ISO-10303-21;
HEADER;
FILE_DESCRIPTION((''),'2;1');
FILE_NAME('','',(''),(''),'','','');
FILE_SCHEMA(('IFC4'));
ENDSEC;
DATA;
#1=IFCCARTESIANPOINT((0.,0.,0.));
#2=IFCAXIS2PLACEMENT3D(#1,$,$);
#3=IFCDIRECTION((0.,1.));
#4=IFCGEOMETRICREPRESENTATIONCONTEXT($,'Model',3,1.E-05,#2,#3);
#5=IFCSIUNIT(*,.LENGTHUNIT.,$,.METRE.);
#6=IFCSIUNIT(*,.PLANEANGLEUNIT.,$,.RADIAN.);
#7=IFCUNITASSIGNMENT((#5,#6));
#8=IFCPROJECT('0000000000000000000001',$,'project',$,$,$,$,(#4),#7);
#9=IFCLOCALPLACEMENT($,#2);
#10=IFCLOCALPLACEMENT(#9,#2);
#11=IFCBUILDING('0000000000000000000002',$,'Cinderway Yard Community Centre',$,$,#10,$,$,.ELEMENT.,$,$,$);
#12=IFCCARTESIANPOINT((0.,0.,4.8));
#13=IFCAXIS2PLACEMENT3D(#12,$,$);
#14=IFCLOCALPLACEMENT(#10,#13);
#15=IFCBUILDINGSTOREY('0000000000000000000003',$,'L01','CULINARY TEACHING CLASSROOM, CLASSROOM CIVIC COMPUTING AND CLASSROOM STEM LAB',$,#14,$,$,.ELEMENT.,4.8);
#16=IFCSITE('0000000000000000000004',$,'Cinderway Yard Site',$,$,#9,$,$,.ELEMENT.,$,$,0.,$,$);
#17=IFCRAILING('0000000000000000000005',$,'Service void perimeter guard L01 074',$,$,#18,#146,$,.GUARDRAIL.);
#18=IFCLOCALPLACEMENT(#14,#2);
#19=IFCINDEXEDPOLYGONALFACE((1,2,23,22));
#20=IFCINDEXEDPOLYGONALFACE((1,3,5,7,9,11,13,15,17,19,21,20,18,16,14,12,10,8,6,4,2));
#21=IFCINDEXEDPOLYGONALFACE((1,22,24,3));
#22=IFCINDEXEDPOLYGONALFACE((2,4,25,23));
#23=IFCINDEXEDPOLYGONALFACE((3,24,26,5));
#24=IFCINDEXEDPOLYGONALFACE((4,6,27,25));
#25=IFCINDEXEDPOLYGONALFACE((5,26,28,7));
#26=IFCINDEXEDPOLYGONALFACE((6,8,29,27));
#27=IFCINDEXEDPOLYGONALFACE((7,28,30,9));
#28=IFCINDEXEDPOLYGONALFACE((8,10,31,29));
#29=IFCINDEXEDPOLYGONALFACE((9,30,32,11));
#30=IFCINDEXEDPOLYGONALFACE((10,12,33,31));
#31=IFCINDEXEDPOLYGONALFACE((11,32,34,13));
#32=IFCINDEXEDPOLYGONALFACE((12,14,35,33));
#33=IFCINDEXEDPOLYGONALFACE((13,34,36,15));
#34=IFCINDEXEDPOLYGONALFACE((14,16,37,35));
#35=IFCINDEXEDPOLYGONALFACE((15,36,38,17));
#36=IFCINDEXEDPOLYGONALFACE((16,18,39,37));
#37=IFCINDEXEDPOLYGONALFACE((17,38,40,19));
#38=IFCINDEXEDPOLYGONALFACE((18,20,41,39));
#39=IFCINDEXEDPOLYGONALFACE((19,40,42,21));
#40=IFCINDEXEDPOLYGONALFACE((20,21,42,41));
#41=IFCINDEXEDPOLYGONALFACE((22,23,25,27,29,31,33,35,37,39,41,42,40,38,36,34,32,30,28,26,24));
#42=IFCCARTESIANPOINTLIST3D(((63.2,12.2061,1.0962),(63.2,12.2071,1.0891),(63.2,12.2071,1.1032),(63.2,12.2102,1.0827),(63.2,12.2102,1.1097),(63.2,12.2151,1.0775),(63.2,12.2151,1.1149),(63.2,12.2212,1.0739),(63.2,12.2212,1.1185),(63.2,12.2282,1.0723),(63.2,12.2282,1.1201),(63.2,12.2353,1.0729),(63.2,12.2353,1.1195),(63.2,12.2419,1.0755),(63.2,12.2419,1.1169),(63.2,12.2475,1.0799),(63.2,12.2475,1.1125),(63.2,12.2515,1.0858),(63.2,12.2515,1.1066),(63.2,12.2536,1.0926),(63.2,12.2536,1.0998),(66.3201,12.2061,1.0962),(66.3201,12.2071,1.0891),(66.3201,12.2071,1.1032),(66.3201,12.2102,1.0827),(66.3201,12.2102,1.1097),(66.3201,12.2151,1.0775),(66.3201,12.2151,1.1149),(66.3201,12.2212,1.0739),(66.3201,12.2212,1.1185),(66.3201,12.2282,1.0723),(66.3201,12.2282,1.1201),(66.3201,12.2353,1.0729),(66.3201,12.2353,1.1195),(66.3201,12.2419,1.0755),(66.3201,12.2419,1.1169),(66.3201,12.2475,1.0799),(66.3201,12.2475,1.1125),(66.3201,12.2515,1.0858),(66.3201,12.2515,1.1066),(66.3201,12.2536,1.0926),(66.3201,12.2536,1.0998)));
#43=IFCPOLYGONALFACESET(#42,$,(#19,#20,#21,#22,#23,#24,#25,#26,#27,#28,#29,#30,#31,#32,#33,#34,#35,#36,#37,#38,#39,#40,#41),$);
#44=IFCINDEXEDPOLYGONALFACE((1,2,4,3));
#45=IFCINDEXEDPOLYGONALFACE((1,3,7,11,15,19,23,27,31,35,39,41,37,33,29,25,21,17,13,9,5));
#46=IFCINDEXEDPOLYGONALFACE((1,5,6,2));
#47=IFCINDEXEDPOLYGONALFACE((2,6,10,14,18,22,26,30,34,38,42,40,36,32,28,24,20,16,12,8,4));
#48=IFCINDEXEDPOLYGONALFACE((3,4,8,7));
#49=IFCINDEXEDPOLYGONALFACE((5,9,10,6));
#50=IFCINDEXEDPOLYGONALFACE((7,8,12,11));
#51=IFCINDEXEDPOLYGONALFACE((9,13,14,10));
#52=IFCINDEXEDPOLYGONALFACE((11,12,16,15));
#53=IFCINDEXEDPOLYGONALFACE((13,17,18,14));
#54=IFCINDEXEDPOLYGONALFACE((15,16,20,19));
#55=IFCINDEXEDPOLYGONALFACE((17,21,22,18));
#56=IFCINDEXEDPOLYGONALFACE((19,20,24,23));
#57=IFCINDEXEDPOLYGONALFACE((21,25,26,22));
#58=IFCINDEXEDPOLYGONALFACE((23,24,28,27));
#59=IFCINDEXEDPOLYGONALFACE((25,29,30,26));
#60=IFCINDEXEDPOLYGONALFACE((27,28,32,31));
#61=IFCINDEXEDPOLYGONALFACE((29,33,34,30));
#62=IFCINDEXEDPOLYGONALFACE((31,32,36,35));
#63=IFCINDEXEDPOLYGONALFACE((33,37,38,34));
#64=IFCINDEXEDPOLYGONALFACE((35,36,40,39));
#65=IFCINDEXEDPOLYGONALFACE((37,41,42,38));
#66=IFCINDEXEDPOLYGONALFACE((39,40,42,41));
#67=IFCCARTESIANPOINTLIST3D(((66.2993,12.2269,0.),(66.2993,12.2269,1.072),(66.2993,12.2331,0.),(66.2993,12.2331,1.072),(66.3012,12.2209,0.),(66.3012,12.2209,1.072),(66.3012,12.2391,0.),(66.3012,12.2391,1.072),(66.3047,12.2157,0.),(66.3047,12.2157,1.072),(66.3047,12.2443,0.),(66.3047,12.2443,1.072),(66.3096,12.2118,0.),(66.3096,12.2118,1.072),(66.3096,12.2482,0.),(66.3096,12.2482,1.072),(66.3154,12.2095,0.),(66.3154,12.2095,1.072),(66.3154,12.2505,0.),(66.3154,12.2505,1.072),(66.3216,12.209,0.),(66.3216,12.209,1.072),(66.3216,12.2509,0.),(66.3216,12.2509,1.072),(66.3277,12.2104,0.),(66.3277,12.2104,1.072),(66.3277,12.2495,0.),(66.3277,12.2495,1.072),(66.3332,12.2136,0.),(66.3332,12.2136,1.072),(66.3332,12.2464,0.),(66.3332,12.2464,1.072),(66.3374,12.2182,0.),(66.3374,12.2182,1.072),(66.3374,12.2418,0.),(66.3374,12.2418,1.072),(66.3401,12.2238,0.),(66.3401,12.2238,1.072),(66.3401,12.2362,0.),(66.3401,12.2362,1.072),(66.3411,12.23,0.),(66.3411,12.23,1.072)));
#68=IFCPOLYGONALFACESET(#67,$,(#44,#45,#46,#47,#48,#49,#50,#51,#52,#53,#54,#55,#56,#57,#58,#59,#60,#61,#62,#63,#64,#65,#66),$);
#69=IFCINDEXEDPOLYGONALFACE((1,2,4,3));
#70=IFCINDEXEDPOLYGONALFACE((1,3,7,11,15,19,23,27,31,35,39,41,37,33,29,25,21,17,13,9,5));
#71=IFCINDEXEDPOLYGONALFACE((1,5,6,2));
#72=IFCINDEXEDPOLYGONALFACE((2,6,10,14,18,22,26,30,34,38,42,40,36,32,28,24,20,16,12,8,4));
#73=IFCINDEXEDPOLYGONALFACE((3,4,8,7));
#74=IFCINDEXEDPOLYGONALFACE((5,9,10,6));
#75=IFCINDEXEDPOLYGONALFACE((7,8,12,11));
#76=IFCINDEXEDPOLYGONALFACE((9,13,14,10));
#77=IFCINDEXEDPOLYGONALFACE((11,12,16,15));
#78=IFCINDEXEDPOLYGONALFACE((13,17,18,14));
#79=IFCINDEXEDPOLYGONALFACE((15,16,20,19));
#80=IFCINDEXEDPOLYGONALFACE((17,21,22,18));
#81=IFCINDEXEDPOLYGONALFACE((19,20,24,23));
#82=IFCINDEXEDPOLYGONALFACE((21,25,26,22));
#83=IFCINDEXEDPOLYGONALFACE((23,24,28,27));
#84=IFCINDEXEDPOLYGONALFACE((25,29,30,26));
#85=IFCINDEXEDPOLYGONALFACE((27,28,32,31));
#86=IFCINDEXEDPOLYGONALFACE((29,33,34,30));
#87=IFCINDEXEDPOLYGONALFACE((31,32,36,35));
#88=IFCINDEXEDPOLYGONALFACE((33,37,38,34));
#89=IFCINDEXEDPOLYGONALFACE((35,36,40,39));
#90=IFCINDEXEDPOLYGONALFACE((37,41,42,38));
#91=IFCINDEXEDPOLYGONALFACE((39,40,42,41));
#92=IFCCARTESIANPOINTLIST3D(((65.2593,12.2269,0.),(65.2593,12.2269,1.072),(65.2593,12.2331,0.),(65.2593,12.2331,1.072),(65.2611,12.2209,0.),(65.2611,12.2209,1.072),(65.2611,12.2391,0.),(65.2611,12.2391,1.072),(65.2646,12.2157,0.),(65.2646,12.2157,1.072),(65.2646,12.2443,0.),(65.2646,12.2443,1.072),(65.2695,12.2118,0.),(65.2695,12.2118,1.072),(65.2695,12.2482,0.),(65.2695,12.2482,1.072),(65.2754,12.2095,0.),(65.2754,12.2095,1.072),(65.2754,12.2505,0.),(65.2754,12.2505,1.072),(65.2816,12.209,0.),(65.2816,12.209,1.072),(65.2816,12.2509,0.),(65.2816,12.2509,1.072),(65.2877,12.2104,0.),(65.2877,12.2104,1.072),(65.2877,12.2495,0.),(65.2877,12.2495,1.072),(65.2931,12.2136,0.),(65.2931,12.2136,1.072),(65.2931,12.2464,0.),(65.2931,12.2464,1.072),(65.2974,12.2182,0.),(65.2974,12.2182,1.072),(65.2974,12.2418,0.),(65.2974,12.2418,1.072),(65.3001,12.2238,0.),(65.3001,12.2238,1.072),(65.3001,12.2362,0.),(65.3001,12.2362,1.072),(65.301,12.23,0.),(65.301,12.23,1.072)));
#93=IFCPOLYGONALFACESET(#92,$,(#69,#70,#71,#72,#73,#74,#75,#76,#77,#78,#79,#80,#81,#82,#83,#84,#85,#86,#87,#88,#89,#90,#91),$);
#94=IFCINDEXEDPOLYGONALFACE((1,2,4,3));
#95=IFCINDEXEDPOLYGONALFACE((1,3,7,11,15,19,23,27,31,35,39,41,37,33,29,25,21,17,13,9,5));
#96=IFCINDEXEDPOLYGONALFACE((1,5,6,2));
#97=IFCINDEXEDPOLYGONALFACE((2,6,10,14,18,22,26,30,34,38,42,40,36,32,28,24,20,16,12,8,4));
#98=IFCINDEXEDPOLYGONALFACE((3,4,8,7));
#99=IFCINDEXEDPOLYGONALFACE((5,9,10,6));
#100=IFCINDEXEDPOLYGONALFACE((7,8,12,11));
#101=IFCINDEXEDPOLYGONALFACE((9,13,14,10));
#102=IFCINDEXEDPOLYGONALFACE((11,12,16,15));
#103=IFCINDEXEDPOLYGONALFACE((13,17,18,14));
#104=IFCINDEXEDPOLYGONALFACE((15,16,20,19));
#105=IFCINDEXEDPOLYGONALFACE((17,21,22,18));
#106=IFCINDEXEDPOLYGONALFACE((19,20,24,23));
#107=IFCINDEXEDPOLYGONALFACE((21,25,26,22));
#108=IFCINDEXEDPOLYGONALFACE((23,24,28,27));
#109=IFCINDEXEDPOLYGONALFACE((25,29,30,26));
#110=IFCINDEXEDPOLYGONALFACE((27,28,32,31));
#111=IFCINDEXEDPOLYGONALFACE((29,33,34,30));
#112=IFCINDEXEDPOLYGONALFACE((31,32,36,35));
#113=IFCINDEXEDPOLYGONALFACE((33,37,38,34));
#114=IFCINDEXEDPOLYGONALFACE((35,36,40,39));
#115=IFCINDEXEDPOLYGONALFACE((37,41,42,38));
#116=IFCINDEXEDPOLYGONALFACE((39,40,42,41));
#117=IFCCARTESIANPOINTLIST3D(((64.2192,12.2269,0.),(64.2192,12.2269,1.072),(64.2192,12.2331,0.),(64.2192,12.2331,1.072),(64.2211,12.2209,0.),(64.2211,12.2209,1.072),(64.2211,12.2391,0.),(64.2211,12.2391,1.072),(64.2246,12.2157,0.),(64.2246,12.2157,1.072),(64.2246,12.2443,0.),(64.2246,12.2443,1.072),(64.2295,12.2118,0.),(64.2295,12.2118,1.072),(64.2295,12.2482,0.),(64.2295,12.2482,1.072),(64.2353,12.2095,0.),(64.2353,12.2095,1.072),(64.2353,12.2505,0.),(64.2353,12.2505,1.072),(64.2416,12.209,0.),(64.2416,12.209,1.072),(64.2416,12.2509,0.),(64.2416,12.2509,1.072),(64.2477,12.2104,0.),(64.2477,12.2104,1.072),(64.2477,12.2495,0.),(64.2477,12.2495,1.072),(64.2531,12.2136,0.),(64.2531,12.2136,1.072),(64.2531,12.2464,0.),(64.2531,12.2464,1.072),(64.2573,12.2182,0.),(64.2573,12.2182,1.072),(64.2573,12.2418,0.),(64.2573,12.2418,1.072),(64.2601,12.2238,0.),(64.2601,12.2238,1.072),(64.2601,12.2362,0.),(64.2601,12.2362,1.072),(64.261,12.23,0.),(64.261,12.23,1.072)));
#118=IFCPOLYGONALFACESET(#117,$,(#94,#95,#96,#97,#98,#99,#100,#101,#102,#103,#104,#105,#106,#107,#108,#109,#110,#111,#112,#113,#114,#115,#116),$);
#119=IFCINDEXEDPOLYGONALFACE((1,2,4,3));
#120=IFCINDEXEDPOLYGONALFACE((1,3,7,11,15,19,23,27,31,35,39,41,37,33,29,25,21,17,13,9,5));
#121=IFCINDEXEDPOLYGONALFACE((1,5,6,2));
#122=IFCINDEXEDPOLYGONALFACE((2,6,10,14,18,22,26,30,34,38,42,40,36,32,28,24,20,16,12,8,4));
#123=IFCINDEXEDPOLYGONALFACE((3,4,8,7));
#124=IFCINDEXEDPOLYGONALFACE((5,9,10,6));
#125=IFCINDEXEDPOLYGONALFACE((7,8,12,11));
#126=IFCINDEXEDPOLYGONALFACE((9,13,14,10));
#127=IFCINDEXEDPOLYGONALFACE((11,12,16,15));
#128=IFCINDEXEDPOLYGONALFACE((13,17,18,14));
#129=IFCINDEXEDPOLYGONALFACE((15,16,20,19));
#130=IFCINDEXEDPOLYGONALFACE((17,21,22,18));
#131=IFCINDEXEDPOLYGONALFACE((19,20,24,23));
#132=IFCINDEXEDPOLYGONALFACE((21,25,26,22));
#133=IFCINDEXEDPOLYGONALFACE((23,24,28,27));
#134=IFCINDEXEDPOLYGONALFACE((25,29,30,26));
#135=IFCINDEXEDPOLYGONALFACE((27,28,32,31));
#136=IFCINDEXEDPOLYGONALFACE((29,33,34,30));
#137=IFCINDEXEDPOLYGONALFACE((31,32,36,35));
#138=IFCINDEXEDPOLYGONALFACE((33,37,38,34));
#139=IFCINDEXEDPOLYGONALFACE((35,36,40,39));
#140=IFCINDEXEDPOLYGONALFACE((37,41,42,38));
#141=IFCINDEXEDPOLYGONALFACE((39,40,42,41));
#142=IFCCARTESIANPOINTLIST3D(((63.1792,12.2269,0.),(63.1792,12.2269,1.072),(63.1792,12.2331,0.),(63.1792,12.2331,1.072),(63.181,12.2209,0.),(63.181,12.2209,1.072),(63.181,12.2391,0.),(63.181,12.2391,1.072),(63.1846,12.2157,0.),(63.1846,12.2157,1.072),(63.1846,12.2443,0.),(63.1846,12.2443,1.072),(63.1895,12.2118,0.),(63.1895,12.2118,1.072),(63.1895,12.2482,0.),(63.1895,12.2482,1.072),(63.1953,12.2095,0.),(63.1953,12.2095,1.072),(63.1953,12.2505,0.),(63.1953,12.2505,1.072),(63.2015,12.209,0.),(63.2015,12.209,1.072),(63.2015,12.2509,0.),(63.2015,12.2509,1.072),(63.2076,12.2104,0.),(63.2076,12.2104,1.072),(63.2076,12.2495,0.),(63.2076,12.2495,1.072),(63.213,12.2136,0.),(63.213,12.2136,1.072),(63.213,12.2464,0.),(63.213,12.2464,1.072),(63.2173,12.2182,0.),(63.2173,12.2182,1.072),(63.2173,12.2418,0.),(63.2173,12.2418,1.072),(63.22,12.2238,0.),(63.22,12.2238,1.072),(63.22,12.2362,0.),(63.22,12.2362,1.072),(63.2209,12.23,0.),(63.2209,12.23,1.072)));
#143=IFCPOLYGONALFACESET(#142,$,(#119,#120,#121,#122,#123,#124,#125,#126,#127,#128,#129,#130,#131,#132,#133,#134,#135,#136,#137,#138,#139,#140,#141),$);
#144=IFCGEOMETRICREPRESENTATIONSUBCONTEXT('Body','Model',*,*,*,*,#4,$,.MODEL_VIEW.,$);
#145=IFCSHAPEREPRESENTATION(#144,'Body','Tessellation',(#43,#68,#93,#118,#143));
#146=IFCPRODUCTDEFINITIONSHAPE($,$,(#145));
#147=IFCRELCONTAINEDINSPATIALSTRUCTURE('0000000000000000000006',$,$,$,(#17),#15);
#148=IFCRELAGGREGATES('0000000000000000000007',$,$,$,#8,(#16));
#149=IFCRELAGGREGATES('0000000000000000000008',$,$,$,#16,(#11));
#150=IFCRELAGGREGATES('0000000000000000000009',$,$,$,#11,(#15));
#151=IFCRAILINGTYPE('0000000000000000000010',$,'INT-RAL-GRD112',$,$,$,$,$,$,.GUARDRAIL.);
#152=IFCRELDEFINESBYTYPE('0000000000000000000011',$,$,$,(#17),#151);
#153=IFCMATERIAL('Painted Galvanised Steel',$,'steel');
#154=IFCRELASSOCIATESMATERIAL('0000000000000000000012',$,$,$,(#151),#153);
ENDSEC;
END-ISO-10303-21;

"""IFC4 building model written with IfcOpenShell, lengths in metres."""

from ifc_helpers import new_model, si_unit, direction, frame, origin, origin_2d, place, context, subcontext, project, spatial, circle, extrude, material, type_object, element, save


model = new_model("IFC4")

# Units and contexts
model_context = context("Model", 3, precision=1e-05, world=origin(), true_north=direction((0.0, 1.0)))
body_context = subcontext(model_context, "Body", "Model", "MODEL_VIEW")
ifc_project = project(units=[si_unit("LENGTHUNIT", "METRE"), si_unit("PLANEANGLEUNIT", "RADIAN")], contexts=[model_context])

# Site, building, storey
site_placement = place(None, origin())
site = spatial("IfcSite", under=ifc_project, at=site_placement, Name="Cinderway Yard Site", CompositionType="ELEMENT", RefElevation=0.0)
building_placement = place(site_placement, origin())
building = spatial("IfcBuilding", under=site, at=building_placement, Name="Cinderway Yard Community Centre", CompositionType="ELEMENT")
storey_placement = place(building_placement, frame((0.0, 0.0, 4.8)))
storey = spatial("IfcBuildingStorey", under=building, at=storey_placement, Name="L01", Description="CULINARY TEACHING CLASSROOM, CLASSROOM CIVIC COMPUTING AND CLASSROOM STEM LAB", CompositionType="ELEMENT", Elevation=4.8)

# Shared definitions
ifc_material_1 = material(Name="Painted Galvanised Steel", Category="steel")

# Railing
railing_type_1 = type_object("IfcRailingType", Name="INT-RAL-GRD112", PredefinedType="GUARDRAIL", material=ifc_material_1)
railing_1_placement = place(storey_placement, frame((66.3201, 12.23, 0.0)))
element("IfcRailing", 1, at=railing_1_placement, inside=storey, type_object=railing_type_1, Name="Service void perimeter guard L01 074", PredefinedType="GUARDRAIL", context=body_context, shape_type="SweptSolid", body=[
    extrude(circle(Radius=0.0239, at=origin_2d()), frame((0.0, 0.0, 1.0962), z_axis=(-1.0, 0.0, 0.0), x_axis=(0.0, -1.0, 0.0)), (0.0, 0.0, 1.0), 3.1201),
    extrude(circle(Radius=0.021, at=origin_2d()), origin(), (0.0, 0.0, 1.0), 1.072),
    extrude(circle(Radius=0.021, at=origin_2d()), frame((-1.04, 0.0, 0.0)), (0.0, 0.0, 1.0), 1.072),
    extrude(circle(Radius=0.021, at=origin_2d()), frame((-2.0801, 0.0, 0.0)), (0.0, 0.0, 1.0), 1.072),
    extrude(circle(Radius=0.021, at=origin_2d()), frame((-3.1201, 0.0, 0.0)), (0.0, 0.0, 1.0), 1.072),
])

save(model, "model.ifc")
